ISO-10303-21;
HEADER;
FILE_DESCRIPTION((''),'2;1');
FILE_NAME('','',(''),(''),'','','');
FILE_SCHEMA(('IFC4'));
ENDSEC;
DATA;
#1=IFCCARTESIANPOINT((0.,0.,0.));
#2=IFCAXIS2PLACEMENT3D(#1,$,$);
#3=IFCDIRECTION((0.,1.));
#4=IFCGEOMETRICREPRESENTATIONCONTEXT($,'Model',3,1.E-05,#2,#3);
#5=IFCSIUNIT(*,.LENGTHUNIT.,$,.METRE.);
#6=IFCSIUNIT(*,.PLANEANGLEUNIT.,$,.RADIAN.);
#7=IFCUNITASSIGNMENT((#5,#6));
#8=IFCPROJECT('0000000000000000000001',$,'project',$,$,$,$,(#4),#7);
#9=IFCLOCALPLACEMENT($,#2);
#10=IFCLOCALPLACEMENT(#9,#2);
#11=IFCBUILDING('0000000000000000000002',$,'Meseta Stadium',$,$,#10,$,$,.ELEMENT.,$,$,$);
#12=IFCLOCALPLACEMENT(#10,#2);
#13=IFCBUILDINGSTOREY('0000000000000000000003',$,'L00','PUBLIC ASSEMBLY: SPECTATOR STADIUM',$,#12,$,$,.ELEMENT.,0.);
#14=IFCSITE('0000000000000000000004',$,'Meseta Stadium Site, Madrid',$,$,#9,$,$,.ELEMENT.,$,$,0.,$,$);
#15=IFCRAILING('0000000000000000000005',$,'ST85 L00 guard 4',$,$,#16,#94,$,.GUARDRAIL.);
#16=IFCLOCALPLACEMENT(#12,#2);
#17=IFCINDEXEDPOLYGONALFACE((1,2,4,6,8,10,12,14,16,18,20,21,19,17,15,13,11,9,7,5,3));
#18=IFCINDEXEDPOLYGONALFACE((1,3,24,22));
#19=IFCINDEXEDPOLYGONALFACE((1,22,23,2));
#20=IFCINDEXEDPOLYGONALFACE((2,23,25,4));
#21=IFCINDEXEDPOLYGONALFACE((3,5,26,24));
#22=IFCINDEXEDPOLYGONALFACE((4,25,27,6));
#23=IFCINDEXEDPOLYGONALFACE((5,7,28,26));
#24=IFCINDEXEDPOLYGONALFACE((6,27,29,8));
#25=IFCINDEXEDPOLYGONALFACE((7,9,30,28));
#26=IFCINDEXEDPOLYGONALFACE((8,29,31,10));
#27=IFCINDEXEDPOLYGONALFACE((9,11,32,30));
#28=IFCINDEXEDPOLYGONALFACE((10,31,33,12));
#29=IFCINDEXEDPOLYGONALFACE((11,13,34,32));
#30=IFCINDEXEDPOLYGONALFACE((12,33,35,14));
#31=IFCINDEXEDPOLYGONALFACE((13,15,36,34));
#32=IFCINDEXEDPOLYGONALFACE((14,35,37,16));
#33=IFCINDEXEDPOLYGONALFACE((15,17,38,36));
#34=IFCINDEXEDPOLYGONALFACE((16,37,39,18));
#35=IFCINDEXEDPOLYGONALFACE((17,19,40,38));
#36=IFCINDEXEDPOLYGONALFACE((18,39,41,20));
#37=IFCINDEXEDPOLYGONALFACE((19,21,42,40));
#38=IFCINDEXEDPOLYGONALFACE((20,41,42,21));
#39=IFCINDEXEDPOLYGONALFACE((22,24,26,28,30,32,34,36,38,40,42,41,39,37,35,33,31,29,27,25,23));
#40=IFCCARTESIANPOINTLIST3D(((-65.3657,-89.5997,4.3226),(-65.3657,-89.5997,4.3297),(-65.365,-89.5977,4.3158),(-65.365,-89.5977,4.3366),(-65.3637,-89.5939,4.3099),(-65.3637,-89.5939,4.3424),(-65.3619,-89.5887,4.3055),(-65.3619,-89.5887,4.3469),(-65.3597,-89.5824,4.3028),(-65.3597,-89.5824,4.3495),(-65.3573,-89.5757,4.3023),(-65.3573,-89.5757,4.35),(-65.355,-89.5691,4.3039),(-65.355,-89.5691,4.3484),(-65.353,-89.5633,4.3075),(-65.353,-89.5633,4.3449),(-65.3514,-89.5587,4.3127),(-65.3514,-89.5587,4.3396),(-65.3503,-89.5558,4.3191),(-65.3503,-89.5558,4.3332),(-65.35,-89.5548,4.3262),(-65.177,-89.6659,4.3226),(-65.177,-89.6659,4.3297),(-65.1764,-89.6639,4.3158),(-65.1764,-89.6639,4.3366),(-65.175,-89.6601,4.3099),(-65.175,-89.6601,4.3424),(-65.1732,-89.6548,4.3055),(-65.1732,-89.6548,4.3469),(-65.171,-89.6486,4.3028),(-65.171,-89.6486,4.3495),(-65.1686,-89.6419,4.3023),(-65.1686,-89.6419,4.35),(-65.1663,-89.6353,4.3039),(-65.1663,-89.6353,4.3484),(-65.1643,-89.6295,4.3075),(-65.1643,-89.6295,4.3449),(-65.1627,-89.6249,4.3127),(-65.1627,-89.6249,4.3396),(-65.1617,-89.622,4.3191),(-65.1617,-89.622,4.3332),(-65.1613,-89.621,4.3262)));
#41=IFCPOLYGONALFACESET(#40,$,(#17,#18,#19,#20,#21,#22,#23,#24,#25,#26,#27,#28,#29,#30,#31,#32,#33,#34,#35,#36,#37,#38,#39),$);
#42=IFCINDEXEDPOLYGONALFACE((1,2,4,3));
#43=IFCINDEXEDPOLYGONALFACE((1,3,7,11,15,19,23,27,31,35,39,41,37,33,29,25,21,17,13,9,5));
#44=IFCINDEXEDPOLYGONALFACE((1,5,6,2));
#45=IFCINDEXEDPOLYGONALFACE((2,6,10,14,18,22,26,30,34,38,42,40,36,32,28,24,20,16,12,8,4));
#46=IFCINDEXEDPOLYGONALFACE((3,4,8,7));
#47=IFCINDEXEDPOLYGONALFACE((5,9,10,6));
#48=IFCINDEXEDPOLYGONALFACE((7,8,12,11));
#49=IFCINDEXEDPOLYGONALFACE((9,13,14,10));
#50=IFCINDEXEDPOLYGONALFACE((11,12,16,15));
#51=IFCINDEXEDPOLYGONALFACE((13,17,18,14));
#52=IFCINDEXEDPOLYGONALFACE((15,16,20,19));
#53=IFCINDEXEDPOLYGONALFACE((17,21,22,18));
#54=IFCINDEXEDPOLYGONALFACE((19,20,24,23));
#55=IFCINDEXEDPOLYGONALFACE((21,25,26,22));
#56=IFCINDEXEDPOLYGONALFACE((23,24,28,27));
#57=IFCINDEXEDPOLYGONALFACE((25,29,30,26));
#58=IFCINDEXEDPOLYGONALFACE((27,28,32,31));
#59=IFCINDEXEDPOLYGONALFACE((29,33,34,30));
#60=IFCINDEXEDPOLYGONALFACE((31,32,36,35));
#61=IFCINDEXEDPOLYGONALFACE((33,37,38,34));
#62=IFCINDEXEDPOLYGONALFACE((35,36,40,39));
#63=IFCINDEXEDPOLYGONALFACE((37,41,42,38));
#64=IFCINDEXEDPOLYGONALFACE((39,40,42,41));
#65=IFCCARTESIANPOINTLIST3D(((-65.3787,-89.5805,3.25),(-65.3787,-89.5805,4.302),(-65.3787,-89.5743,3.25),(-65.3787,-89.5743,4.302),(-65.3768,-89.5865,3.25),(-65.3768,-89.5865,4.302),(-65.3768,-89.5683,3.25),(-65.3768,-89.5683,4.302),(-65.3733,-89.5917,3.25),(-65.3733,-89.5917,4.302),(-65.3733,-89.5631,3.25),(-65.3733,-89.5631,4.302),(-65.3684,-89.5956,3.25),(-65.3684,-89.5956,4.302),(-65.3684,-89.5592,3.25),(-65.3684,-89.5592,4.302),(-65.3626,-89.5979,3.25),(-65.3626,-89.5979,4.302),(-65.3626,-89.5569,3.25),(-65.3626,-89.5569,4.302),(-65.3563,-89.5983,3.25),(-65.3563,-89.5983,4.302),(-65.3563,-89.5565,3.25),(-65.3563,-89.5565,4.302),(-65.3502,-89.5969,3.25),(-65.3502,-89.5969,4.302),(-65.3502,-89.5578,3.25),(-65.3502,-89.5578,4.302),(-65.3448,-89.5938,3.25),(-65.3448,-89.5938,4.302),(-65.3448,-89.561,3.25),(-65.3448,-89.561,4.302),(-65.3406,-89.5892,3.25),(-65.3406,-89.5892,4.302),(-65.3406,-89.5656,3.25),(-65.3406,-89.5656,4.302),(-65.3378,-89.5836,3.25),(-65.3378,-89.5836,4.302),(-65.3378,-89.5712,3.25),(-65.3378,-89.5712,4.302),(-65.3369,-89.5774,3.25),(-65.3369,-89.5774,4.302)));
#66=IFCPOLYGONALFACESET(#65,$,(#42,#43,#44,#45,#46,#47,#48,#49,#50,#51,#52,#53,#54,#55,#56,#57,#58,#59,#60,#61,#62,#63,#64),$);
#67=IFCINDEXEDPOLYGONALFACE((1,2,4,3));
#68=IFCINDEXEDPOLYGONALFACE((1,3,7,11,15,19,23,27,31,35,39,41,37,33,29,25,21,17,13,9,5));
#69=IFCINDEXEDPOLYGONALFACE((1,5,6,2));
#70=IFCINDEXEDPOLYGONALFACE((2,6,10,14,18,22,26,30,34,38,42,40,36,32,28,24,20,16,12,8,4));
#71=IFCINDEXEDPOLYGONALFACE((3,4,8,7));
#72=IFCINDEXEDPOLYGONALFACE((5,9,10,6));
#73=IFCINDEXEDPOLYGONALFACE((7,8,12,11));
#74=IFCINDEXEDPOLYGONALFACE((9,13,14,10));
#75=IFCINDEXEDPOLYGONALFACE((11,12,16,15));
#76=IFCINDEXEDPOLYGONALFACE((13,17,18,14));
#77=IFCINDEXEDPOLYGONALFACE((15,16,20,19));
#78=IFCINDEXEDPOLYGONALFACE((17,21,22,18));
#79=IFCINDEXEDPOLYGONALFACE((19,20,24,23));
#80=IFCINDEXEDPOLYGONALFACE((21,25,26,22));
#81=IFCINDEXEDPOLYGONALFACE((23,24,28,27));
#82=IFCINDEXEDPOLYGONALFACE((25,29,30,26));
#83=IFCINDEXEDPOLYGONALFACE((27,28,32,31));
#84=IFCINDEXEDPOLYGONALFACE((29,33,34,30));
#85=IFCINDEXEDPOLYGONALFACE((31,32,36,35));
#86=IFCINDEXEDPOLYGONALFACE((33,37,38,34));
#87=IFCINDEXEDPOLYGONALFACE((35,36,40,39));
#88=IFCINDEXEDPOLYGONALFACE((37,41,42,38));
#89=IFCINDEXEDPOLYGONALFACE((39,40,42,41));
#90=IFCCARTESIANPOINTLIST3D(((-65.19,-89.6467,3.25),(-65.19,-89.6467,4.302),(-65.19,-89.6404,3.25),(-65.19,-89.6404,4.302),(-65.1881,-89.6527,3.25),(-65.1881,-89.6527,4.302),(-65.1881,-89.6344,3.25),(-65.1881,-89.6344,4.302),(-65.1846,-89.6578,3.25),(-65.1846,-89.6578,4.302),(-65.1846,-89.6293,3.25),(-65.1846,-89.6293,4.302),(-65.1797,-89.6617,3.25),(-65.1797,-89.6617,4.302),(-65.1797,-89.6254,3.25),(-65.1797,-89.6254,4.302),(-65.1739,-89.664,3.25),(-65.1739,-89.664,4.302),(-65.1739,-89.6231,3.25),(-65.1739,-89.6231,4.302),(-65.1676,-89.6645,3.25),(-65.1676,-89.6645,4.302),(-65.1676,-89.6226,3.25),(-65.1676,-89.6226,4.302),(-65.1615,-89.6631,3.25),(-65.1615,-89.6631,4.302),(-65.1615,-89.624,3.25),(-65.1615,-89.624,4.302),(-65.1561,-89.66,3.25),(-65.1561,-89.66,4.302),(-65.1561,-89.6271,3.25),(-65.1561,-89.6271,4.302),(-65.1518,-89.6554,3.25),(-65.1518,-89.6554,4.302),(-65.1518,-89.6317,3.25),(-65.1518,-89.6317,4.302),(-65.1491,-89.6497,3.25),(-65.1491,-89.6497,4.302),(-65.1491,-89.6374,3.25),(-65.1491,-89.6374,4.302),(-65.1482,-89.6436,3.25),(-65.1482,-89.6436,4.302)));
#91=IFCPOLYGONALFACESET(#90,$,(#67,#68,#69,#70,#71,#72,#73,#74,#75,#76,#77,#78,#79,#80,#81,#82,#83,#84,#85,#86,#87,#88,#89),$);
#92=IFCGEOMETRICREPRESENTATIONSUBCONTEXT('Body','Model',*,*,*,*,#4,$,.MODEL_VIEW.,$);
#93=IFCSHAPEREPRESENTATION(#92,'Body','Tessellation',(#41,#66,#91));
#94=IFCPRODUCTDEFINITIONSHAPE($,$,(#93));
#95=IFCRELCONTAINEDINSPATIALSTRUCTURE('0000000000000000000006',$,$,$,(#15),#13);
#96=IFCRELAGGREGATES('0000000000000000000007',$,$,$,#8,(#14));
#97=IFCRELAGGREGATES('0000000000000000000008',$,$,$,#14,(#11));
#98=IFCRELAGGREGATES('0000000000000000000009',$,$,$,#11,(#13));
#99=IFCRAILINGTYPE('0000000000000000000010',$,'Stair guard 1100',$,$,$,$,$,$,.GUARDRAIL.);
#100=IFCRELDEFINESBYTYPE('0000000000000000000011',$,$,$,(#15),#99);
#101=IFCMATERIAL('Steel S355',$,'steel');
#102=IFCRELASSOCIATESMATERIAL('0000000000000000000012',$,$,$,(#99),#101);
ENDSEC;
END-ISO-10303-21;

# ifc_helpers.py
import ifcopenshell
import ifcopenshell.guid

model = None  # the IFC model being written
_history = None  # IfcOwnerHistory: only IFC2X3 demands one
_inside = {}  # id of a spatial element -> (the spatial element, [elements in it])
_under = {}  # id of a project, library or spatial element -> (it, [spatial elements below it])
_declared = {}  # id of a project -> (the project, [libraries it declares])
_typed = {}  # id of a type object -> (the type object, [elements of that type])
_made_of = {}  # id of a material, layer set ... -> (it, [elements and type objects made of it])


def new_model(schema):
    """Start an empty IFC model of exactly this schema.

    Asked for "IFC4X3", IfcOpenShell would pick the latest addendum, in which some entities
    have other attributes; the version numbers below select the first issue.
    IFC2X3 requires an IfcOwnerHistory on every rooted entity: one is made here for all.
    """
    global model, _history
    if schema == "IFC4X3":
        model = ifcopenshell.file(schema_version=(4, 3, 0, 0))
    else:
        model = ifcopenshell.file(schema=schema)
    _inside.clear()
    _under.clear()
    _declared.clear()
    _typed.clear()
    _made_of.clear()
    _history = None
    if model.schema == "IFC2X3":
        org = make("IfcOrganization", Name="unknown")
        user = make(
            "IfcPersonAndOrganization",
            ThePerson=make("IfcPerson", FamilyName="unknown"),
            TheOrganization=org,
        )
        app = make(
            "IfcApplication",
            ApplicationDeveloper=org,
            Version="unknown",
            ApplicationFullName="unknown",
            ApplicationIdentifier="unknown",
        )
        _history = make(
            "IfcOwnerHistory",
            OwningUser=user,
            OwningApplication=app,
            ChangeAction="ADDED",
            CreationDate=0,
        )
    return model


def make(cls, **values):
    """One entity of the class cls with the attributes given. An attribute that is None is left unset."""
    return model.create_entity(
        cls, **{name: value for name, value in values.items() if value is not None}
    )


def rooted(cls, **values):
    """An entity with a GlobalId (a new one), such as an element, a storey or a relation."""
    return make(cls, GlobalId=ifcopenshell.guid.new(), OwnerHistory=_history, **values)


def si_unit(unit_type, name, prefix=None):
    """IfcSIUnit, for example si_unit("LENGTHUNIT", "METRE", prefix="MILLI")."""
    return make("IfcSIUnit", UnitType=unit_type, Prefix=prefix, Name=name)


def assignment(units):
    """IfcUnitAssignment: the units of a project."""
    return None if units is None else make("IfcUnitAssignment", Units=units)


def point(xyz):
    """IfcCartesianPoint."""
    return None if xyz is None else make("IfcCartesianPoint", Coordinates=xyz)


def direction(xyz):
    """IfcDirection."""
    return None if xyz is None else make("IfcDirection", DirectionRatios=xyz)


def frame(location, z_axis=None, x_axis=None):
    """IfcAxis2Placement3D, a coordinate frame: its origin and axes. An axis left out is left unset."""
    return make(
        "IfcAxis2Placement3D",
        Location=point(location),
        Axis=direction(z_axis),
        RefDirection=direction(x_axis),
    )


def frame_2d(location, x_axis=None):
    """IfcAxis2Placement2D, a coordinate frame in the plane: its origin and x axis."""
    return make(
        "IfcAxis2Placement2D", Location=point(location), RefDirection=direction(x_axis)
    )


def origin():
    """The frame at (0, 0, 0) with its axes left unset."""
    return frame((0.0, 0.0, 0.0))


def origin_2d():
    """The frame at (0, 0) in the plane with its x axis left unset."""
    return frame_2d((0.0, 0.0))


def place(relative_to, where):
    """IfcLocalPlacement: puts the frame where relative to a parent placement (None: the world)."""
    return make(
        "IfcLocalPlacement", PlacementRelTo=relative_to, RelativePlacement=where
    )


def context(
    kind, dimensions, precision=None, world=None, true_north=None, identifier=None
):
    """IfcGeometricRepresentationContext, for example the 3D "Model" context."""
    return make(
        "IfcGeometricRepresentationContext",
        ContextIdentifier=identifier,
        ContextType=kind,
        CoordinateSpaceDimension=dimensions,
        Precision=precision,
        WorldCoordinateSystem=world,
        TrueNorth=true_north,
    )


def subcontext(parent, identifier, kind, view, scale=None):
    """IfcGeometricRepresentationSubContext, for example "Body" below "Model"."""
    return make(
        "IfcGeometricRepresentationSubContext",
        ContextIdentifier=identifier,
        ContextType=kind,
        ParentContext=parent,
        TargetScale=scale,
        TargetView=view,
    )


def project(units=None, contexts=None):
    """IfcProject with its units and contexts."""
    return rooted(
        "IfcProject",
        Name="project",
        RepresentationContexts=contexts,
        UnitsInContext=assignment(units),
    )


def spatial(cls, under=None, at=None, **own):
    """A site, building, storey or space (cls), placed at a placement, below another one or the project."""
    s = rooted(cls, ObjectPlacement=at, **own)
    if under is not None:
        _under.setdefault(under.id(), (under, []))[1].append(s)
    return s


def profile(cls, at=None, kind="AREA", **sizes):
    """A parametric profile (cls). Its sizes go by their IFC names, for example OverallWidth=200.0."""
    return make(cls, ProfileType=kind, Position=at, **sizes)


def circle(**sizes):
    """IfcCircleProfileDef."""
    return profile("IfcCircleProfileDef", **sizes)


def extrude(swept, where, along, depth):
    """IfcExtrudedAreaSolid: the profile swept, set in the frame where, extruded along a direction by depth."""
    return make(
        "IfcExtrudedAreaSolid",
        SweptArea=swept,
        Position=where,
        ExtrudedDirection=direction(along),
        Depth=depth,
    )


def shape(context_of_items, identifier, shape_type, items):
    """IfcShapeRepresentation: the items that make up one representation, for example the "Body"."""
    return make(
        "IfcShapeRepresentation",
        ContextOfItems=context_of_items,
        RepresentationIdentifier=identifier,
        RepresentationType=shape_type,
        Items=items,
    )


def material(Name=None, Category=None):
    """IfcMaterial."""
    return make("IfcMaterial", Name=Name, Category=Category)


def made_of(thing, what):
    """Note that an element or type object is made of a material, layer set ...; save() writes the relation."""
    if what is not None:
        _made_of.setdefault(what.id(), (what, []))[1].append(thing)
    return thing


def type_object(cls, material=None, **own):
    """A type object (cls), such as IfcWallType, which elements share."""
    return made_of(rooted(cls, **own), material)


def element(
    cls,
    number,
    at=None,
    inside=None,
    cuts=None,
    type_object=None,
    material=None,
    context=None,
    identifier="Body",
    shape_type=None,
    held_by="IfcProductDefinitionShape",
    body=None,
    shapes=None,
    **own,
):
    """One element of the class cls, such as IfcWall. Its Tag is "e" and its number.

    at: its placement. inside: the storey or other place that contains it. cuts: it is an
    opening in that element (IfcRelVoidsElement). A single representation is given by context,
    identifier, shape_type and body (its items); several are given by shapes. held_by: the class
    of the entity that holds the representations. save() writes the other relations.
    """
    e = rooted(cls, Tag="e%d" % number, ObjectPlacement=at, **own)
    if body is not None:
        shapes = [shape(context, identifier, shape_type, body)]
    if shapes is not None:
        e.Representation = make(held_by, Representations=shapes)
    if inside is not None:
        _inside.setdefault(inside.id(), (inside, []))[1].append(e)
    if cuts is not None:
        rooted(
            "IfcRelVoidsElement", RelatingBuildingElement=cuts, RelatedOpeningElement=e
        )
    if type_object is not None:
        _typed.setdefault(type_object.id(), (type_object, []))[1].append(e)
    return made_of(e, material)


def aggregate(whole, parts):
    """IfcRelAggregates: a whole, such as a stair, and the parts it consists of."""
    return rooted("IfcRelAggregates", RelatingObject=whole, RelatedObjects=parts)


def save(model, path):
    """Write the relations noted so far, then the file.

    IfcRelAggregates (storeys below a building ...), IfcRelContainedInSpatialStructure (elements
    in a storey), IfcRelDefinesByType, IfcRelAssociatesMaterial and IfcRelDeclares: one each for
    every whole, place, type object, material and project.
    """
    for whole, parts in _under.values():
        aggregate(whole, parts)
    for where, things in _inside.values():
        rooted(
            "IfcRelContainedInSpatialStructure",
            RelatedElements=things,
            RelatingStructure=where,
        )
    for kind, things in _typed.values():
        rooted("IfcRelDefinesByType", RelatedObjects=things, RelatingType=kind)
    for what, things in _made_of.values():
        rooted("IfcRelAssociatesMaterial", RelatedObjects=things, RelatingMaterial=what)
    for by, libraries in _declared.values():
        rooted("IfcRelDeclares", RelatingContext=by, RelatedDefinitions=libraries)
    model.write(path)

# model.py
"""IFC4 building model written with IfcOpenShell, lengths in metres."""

from ifc_helpers import new_model, si_unit, direction, frame, origin, origin_2d, place, context, subcontext, project, spatial, circle, extrude, material, type_object, element, save


model = new_model("IFC4")

# Units and contexts
model_context = context("Model", 3, precision=1e-05, world=origin(), true_north=direction((0.0, 1.0)))
body_context = subcontext(model_context, "Body", "Model", "MODEL_VIEW")
ifc_project = project(units=[si_unit("LENGTHUNIT", "METRE"), si_unit("PLANEANGLEUNIT", "RADIAN")], contexts=[model_context])

# Site, building, storey
site_placement = place(None, origin())
site = spatial("IfcSite", under=ifc_project, at=site_placement, Name="Meseta Stadium Site, Madrid", CompositionType="ELEMENT", RefElevation=0.0)
building_placement = place(site_placement, origin())
building = spatial("IfcBuilding", under=site, at=building_placement, Name="Meseta Stadium", CompositionType="ELEMENT")
storey_placement = place(building_placement, origin())
storey = spatial("IfcBuildingStorey", under=building, at=storey_placement, Name="L00", Description="PUBLIC ASSEMBLY: SPECTATOR STADIUM", CompositionType="ELEMENT", Elevation=0.0)

# Railing
ifc_material_1 = material(Name="Steel S355", Category="steel")
railing_type_1 = type_object("IfcRailingType", Name="Stair guard 1100", PredefinedType="GUARDRAIL", material=ifc_material_1)
railing_1_placement = place(storey_placement, frame((-65.3579, -89.5774, 3.25)))
element("IfcRailing", 1, at=railing_1_placement, inside=storey, type_object=railing_type_1, Name="ST85 L00 guard 4", PredefinedType="GUARDRAIL", context=body_context, shape_type="SweptSolid", body=[
    extrude(circle(Radius=0.0239, at=origin_2d()), frame((0.0, 0.0, 1.0762), z_axis=(0.943687, -0.33084, 0.0), x_axis=(0.33084, 0.943687, 0.0)), (0.0, 0.0, 1.0), 0.2),
    extrude(circle(Radius=0.021, at=origin_2d()), origin(), (0.0, 0.0, 1.0), 1.052),
    extrude(circle(Radius=0.021, at=origin_2d()), frame((0.1887, -0.0662, 0.0)), (0.0, 0.0, 1.0), 1.052),
])

save(model, "model.ifc")
